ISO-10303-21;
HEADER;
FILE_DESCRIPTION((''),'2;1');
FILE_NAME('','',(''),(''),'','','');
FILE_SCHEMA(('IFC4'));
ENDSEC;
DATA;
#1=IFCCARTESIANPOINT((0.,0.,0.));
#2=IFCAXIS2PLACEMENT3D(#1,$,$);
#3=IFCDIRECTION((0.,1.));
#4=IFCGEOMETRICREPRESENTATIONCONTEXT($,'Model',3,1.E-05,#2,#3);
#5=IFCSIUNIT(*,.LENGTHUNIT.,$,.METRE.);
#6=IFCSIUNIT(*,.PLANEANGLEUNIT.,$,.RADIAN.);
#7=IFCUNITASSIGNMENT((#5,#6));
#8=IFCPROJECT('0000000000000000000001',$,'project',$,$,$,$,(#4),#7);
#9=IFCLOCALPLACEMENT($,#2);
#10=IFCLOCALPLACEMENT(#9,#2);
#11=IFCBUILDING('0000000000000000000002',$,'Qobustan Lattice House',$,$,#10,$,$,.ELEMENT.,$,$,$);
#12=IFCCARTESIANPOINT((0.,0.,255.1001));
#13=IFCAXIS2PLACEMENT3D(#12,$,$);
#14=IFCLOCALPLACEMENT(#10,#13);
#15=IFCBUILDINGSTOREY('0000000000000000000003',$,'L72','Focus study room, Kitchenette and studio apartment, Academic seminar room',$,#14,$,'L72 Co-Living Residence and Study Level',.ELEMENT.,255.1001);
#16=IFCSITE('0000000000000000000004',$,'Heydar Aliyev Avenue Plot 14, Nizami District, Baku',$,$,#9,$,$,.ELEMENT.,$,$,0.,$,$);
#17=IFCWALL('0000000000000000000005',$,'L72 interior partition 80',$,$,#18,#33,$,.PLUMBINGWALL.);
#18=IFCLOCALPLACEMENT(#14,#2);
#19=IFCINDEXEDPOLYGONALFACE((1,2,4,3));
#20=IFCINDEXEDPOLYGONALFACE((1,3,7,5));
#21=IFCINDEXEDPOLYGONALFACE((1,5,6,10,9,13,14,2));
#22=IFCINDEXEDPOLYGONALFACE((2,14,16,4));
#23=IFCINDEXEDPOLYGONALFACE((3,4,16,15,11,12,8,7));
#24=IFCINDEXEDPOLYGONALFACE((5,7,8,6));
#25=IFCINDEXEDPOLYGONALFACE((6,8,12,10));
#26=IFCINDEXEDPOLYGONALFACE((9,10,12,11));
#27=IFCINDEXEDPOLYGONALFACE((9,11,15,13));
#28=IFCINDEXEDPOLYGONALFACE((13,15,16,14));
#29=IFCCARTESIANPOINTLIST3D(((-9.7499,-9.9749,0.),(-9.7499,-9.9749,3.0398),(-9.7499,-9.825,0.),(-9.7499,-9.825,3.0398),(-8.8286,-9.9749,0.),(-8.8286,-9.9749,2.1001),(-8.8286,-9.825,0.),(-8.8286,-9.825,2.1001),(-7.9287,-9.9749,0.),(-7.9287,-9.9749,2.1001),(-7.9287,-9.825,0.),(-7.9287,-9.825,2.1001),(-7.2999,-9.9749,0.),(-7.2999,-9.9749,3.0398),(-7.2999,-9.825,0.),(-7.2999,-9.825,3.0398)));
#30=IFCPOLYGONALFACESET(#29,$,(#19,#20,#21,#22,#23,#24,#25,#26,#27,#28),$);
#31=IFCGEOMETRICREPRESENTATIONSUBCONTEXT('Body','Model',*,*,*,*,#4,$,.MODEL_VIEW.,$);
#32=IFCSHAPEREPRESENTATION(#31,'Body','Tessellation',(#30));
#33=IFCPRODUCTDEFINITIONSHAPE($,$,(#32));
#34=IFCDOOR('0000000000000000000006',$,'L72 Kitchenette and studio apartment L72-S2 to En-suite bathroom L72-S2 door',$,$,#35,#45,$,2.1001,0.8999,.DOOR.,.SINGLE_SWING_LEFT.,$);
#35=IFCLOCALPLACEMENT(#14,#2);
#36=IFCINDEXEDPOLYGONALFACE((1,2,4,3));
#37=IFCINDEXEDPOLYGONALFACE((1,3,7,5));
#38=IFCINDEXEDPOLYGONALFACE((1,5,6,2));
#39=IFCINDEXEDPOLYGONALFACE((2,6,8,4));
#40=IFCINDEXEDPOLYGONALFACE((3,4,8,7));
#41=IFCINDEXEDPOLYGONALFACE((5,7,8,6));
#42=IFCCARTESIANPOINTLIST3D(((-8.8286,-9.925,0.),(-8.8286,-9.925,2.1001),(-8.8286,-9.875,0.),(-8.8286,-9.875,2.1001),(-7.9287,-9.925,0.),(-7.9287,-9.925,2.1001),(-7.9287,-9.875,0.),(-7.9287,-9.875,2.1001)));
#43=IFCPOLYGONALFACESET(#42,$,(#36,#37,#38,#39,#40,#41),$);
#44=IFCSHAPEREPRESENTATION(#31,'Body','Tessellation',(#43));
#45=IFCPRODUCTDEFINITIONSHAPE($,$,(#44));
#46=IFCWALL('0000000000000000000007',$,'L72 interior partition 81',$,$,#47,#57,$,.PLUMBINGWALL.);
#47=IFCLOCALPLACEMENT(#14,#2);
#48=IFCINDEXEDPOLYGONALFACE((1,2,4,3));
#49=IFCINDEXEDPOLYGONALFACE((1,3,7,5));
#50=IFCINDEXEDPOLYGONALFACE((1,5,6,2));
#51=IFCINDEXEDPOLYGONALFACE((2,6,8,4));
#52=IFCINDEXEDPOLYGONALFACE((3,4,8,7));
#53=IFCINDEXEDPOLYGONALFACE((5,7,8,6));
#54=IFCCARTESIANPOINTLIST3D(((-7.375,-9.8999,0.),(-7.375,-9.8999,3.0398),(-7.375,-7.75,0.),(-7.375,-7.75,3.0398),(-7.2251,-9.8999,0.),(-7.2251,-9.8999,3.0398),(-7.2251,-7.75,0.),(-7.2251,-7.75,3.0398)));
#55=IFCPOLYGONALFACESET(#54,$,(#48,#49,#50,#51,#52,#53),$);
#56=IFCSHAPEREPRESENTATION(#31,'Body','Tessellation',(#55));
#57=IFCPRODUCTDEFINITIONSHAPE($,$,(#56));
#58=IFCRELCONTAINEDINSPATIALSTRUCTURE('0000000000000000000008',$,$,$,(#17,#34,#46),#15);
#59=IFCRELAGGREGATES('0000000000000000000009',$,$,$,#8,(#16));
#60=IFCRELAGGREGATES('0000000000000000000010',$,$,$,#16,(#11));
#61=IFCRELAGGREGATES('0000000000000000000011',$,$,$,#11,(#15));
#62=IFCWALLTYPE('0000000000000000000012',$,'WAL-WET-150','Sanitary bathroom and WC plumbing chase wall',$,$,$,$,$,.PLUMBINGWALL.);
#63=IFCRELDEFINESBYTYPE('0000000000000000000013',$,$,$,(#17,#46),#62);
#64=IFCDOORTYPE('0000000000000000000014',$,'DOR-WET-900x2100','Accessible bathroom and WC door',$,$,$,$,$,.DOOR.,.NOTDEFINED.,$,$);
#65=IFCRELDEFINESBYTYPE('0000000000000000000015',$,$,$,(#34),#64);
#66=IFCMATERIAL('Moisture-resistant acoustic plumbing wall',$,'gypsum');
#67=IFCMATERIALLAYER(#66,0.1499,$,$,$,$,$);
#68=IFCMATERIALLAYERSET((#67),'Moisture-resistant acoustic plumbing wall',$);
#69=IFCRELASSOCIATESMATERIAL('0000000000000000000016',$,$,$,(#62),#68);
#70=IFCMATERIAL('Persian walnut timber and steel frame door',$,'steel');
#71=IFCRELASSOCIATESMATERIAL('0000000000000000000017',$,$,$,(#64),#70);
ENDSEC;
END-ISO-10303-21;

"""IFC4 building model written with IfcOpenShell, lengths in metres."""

from ifc_helpers import new_model, si_unit, direction, frame, frame_2d, origin, place, context, subcontext, project, spatial, rectangle, extrude, material, layer, layer_set, type_object, element, fill, save


model = new_model("IFC4")

# Units and contexts
model_context = context("Model", 3, precision=1e-05, world=origin(), true_north=direction((0.0, 1.0)))
body_context = subcontext(model_context, "Body", "Model", "MODEL_VIEW")
ifc_project = project(units=[si_unit("LENGTHUNIT", "METRE"), si_unit("PLANEANGLEUNIT", "RADIAN")], contexts=[model_context])

# Site, building, storey
site_placement = place(None, origin())
site = spatial("IfcSite", under=ifc_project, at=site_placement, Name="Heydar Aliyev Avenue Plot 14, Nizami District, Baku", CompositionType="ELEMENT", RefElevation=0.0)
building_placement = place(site_placement, origin())
building = spatial("IfcBuilding", under=site, at=building_placement, Name="Qobustan Lattice House", CompositionType="ELEMENT")
storey_placement = place(building_placement, frame((0.0, 0.0, 255.1001)))
storey = spatial("IfcBuildingStorey", under=building, at=storey_placement, Name="L72", Description="Focus study room, Kitchenette and studio apartment, Academic seminar room", LongName="L72 Co-Living Residence and Study Level", CompositionType="ELEMENT", Elevation=255.1001)

# Shared definitions
ifc_material_1 = material(Name="Moisture-resistant acoustic plumbing wall", Category="gypsum")
ifc_layer_1 = layer(ifc_material_1, 0.1499)
ifc_layer_set_1 = layer_set([ifc_layer_1], Name="Moisture-resistant acoustic plumbing wall")
wall_type_1 = type_object("IfcWallType", Name="WAL-WET-150", Description="Sanitary bathroom and WC plumbing chase wall", PredefinedType="PLUMBINGWALL", material=ifc_layer_set_1)

# Wall, opening, door
wall_1_placement = place(storey_placement, frame((-9.75, -9.8999, 0.0), z_axis=(0.0, 0.0, 1.0), x_axis=(1.0, 0.0, 0.0)))
wall_1 = element("IfcWall", 1, at=wall_1_placement, inside=storey, type_object=wall_type_1, Name="L72 interior partition 80", PredefinedType="PLUMBINGWALL", context=body_context, shape_type="SweptSolid", body=[
    extrude(rectangle(XDim=2.45, YDim=0.1499, at=frame_2d((1.2251, 0.0))), origin(), (0.0, 0.0, 1.0), 3.0398),
])
opening_1_placement = place(wall_1_placement, frame((0.9214, 0.0, 0.0)))
opening_1 = element("IfcOpeningElement", 2, at=opening_1_placement, cuts=wall_1, PredefinedType="OPENING", context=body_context, shape_type="SweptSolid", body=[
    extrude(rectangle(XDim=0.8999, YDim=2.1001, at=frame_2d((0.45, 1.05))), frame((0.0, 0.085, 0.0), z_axis=(0.0, -1.0, 0.0), x_axis=(1.0, 0.0, 0.0)), (0.0, 0.0, 1.0), 0.1699),
])
ifc_material_2 = material(Name="Persian walnut timber and steel frame door", Category="steel")
door_type_1 = type_object("IfcDoorType", Name="DOR-WET-900x2100", Description="Accessible bathroom and WC door", OperationType="NOTDEFINED", PredefinedType="DOOR", material=ifc_material_2)
door_1_placement = place(opening_1_placement, origin())
door_1 = element("IfcDoor", 3, at=door_1_placement, inside=storey, type_object=door_type_1, Name="L72 Kitchenette and studio apartment L72-S2 to En-suite bathroom L72-S2 door", OperationType="SINGLE_SWING_LEFT", OverallHeight=2.1001, OverallWidth=0.8999, PredefinedType="DOOR", context=body_context, shape_type="SweptSolid", body=[
    extrude(rectangle(XDim=0.8999, YDim=2.1001, at=frame_2d((0.45, 1.05))), frame((0.0, 0.0249, 0.0), z_axis=(0.0, -1.0, 0.0), x_axis=(1.0, 0.0, 0.0)), (0.0, 0.0, 1.0), 0.05),
])
fill(opening_1, door_1)

# Wall
wall_2_placement = place(storey_placement, frame((-7.3, -9.8999, 0.0), z_axis=(0.0, 0.0, 1.0), x_axis=(0.0, 1.0, 0.0)))
element("IfcWall", 4, at=wall_2_placement, inside=storey, type_object=wall_type_1, Name="L72 interior partition 81", PredefinedType="PLUMBINGWALL", context=body_context, shape_type="SweptSolid", body=[
    extrude(rectangle(XDim=2.1499, YDim=0.1499, at=frame_2d((1.075, 0.0))), origin(), (0.0, 0.0, 1.0), 3.0398),
])

save(model, "model.ifc")
